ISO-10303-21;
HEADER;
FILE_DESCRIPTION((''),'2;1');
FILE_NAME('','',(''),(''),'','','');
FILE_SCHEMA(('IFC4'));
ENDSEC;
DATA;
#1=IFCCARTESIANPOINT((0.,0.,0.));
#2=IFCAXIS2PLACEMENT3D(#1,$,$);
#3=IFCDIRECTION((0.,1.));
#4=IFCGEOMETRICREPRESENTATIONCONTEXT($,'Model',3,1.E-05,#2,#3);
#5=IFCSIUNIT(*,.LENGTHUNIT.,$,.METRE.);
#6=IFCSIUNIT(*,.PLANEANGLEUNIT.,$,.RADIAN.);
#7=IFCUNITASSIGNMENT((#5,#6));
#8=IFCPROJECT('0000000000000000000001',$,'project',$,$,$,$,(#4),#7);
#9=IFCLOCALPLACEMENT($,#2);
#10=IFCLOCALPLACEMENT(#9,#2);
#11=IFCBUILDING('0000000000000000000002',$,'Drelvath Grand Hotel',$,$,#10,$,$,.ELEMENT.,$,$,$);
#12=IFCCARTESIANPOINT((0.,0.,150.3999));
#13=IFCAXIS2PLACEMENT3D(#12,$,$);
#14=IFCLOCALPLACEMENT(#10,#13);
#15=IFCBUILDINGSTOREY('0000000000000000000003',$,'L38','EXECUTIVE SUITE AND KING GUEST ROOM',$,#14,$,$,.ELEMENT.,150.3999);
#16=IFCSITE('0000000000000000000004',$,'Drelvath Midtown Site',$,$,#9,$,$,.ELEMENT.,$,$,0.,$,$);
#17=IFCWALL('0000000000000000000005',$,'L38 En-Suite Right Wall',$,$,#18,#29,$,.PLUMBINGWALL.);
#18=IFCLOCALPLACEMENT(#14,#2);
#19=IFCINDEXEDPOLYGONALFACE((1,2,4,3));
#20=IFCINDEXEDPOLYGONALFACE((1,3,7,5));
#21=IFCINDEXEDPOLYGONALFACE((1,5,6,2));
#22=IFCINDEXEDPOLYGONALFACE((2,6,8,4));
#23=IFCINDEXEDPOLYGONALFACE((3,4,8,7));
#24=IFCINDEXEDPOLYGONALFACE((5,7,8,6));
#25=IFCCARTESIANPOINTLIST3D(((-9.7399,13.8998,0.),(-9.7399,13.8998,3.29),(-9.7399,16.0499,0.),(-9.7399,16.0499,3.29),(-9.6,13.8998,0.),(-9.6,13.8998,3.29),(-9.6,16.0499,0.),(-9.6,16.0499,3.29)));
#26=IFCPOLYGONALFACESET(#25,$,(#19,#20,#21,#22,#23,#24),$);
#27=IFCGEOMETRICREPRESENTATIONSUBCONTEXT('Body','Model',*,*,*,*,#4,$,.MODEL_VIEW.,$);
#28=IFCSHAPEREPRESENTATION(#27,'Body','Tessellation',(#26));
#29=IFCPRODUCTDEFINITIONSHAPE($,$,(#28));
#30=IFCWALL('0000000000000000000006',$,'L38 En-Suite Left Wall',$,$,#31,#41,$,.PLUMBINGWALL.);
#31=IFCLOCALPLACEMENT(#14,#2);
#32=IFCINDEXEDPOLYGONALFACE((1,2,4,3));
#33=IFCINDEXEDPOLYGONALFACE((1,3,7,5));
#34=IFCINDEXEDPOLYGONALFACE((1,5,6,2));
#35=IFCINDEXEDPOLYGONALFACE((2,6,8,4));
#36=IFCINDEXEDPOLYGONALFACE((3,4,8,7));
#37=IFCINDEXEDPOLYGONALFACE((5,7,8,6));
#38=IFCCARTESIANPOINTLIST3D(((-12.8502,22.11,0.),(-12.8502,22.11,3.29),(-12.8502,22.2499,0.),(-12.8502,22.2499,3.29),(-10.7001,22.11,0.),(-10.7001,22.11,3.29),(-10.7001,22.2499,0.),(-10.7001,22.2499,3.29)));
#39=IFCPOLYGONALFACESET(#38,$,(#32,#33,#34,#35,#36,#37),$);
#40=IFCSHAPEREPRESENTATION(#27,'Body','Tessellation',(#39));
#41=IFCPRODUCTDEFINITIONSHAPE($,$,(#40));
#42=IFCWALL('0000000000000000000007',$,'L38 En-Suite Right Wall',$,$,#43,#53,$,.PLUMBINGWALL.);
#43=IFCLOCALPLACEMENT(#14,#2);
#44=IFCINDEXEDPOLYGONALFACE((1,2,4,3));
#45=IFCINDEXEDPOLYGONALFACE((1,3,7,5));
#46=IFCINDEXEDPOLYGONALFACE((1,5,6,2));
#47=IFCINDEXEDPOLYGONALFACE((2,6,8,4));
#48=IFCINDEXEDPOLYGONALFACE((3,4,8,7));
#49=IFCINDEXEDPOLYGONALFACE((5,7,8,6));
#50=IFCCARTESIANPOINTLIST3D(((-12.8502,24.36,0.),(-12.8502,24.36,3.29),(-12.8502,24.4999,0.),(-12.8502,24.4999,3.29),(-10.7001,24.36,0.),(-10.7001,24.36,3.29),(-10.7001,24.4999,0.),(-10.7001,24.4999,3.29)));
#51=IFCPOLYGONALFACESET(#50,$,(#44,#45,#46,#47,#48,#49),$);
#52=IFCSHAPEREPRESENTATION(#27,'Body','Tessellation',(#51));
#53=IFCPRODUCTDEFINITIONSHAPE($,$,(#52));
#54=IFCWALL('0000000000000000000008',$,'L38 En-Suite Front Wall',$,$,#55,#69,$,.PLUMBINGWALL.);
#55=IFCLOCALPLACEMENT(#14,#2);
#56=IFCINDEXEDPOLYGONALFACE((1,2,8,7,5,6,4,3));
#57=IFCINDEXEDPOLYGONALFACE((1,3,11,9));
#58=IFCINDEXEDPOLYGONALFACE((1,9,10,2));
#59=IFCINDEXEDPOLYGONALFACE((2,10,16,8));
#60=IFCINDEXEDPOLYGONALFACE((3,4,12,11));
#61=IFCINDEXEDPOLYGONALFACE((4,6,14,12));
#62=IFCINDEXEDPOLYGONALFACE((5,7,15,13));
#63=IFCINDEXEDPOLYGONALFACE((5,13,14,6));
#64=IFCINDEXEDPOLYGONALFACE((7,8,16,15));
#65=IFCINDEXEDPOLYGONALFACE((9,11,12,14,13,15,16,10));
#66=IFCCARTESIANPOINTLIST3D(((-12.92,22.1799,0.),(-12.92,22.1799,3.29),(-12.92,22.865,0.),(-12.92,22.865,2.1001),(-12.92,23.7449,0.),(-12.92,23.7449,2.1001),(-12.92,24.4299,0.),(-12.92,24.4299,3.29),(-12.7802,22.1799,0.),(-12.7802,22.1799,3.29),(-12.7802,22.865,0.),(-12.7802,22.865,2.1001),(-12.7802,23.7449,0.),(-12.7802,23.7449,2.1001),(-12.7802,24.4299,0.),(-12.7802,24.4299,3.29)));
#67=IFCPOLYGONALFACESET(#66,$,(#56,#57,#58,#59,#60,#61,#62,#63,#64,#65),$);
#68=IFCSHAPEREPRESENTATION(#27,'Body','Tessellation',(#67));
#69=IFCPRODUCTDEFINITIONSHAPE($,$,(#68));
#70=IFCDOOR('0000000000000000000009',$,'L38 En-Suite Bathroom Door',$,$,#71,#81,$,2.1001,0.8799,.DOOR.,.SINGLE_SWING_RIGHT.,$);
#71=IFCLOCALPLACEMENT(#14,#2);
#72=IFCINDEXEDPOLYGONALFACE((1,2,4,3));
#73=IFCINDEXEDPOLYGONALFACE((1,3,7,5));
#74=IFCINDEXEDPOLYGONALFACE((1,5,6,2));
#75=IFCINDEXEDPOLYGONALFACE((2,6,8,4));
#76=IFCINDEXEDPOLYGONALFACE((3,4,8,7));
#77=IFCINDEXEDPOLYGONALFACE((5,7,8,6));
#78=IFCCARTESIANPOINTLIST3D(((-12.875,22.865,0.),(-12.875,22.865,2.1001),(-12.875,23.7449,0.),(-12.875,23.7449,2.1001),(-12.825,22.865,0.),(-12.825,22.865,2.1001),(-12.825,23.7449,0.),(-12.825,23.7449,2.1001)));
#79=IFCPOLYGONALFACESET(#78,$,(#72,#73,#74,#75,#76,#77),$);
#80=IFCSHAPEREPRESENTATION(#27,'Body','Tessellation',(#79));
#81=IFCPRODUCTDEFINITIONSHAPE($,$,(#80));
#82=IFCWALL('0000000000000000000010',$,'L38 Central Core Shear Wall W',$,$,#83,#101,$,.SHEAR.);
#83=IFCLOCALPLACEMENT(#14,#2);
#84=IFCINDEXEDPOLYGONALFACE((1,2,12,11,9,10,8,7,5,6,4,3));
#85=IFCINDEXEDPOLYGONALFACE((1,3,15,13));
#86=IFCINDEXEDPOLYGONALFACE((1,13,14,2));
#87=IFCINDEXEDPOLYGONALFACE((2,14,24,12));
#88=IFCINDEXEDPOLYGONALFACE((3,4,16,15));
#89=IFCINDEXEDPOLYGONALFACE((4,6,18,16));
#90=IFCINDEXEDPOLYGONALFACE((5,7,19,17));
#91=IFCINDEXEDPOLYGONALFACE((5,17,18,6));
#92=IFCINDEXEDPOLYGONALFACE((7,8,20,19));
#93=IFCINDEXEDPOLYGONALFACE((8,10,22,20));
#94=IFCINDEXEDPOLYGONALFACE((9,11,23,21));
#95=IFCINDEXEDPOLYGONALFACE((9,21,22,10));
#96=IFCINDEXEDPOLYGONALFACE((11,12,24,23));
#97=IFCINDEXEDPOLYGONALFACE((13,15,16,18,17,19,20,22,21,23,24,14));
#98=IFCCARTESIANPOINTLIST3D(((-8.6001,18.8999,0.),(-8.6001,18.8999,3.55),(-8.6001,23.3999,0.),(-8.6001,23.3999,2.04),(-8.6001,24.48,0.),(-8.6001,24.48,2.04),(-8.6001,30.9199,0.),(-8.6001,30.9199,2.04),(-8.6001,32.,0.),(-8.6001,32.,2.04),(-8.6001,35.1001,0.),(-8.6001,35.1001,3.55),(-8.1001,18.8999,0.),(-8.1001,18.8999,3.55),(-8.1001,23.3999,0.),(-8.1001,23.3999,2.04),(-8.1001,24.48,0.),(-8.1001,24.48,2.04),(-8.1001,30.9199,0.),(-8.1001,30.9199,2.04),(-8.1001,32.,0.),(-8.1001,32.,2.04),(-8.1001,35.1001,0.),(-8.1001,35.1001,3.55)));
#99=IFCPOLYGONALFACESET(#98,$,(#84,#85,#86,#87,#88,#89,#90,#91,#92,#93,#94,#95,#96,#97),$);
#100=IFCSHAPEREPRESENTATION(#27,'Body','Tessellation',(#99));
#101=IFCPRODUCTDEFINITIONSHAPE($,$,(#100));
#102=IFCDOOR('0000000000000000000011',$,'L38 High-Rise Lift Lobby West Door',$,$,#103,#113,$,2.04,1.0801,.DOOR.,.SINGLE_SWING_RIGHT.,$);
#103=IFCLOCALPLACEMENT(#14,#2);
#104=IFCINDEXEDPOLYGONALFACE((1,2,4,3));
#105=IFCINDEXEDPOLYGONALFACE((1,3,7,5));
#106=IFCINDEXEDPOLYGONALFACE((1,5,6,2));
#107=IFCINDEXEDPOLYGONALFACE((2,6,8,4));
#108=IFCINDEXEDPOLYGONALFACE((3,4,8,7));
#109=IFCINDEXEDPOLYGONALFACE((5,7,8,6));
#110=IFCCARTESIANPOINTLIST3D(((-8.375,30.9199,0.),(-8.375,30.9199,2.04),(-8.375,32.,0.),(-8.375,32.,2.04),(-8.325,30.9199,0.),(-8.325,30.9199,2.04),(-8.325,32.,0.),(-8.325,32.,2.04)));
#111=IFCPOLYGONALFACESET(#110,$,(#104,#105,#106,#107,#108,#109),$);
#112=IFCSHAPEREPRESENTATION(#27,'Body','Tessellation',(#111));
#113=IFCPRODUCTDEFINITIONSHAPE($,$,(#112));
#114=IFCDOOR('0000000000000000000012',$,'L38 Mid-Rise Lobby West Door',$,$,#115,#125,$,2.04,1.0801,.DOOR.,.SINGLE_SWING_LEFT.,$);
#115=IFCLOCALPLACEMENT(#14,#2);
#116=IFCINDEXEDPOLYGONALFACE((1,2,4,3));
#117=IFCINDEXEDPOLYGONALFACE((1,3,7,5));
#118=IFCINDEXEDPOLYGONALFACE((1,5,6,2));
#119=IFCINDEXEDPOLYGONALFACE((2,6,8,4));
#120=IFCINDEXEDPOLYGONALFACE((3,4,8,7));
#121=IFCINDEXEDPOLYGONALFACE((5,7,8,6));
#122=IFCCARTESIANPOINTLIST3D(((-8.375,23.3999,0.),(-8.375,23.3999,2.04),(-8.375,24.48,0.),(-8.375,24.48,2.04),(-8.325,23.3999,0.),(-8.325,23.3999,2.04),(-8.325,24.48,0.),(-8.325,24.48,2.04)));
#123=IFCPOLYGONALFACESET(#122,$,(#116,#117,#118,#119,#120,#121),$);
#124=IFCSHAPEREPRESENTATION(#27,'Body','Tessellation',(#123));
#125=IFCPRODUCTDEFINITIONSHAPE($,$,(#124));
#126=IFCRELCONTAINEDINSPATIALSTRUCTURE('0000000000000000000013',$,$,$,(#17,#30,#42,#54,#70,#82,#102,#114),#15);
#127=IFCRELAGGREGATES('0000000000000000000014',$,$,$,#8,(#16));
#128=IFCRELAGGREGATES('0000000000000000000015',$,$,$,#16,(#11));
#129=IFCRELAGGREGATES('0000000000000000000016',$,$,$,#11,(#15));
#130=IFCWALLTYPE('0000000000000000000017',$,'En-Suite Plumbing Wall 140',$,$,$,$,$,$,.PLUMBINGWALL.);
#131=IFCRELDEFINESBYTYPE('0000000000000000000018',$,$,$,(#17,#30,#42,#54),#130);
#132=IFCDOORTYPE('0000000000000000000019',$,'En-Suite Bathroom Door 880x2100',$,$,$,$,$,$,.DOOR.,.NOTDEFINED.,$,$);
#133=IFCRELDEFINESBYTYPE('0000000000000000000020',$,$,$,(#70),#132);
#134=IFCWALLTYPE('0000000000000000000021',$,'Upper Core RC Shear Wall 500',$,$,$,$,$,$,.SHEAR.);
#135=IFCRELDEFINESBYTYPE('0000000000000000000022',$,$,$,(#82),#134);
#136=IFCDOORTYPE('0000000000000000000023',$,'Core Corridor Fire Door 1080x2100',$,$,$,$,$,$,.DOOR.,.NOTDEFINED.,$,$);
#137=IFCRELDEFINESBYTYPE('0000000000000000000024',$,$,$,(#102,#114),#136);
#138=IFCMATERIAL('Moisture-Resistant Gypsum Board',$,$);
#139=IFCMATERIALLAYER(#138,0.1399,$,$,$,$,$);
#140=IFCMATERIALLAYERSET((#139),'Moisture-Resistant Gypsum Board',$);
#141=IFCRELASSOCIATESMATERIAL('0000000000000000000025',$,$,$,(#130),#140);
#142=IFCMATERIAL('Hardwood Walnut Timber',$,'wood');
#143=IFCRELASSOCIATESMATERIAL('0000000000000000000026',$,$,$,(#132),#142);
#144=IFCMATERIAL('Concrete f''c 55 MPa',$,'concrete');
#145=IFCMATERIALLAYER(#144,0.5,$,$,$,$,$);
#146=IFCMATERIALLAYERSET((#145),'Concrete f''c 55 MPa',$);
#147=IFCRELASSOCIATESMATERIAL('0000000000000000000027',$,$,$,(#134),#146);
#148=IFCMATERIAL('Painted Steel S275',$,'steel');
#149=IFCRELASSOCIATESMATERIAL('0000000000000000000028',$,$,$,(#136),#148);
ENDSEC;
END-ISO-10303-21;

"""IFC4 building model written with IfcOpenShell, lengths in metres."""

from ifc_helpers import new_model, si_unit, direction, frame, frame_2d, origin, place, context, subcontext, project, spatial, rectangle, extrude, material, layer, layer_set, type_object, element, fill, save


model = new_model("IFC4")

# Units and contexts
model_context = context("Model", 3, precision=1e-05, world=origin(), true_north=direction((0.0, 1.0)))
body_context = subcontext(model_context, "Body", "Model", "MODEL_VIEW")
ifc_project = project(units=[si_unit("LENGTHUNIT", "METRE"), si_unit("PLANEANGLEUNIT", "RADIAN")], contexts=[model_context])

# Site, building, storey
site_placement = place(None, origin())
site = spatial("IfcSite", under=ifc_project, at=site_placement, Name="Drelvath Midtown Site", CompositionType="ELEMENT", RefElevation=0.0)
building_placement = place(site_placement, origin())
building = spatial("IfcBuilding", under=site, at=building_placement, Name="Drelvath Grand Hotel", CompositionType="ELEMENT")
storey_placement = place(building_placement, frame((0.0, 0.0, 150.3999)))
storey = spatial("IfcBuildingStorey", under=building, at=storey_placement, Name="L38", Description="EXECUTIVE SUITE AND KING GUEST ROOM", CompositionType="ELEMENT", Elevation=150.3999)

# Shared definitions
ifc_material_1 = material(Name="Painted Steel S275", Category="steel")

# Shared definitions
ifc_material_2 = material(Name="Hardwood Walnut Timber", Category="wood")

# Walls
ifc_material_3 = material(Name="Moisture-Resistant Gypsum Board")
ifc_layer_1 = layer(ifc_material_3, 0.1399)
ifc_layer_set_1 = layer_set([ifc_layer_1], Name="Moisture-Resistant Gypsum Board")
wall_type_1 = type_object("IfcWallType", Name="En-Suite Plumbing Wall 140", PredefinedType="PLUMBINGWALL", material=ifc_layer_set_1)
for number, where, z_axis, x_axis, name in (
    (1, (-9.6699, 16.05, 0.0), (0.0, 0.0, 1.0), (0.0, -1.0, 0.0), "L38 En-Suite Right Wall"),
    (2, (-10.7, 22.1799, 0.0), (0.0, 0.0, 1.0), (-1.0, 0.0, 0.0), "L38 En-Suite Left Wall"),
    (3, (-10.7, 24.4299, 0.0), (0.0, 0.0, 1.0), (-1.0, 0.0, 0.0), "L38 En-Suite Right Wall"),
):
    element("IfcWall", number, at=place(storey_placement, frame(where, z_axis=z_axis, x_axis=x_axis)), inside=storey, type_object=wall_type_1, Name=name, PredefinedType="PLUMBINGWALL", context=body_context, shape_type="SweptSolid", body=[
        extrude(rectangle(XDim=2.1501, YDim=0.1399, at=frame_2d((1.0752, 0.0))), origin(), (0.0, 0.0, 1.0), 3.29),
    ])

# Wall, opening, door
wall_1_placement = place(storey_placement, frame((-12.8501, 22.1799, 0.0), z_axis=(0.0, 0.0, 1.0), x_axis=(0.0, 1.0, 0.0)))
wall_1 = element("IfcWall", 4, at=wall_1_placement, inside=storey, type_object=wall_type_1, Name="L38 En-Suite Front Wall", PredefinedType="PLUMBINGWALL", context=body_context, shape_type="SweptSolid", body=[
    extrude(rectangle(XDim=2.25, YDim=0.1399, at=frame_2d((1.125, 0.0))), origin(), (0.0, 0.0, 1.0), 3.29),
])
opening_1_placement = place(wall_1_placement, frame((0.6851, 0.0, 0.0)))
opening_1 = element("IfcOpeningElement", 5, at=opening_1_placement, cuts=wall_1, PredefinedType="OPENING", context=body_context, shape_type="SweptSolid", body=[
    extrude(rectangle(XDim=0.8799, YDim=2.1001, at=frame_2d((0.4399, 1.05))), frame((0.0, 0.0798, 0.0), z_axis=(0.0, -1.0, 0.0), x_axis=(1.0, 0.0, 0.0)), (0.0, 0.0, 1.0), 0.1599),
])
door_type_1 = type_object("IfcDoorType", Name="En-Suite Bathroom Door 880x2100", OperationType="NOTDEFINED", PredefinedType="DOOR", material=ifc_material_2)
door_1_placement = place(opening_1_placement, origin())
door_1 = element("IfcDoor", 6, at=door_1_placement, inside=storey, type_object=door_type_1, Name="L38 En-Suite Bathroom Door", OperationType="SINGLE_SWING_RIGHT", OverallHeight=2.1001, OverallWidth=0.8799, PredefinedType="DOOR", context=body_context, shape_type="SweptSolid", body=[
    extrude(rectangle(XDim=0.8799, YDim=2.1001, at=frame_2d((0.4399, 1.05))), frame((0.0, 0.0249, 0.0), z_axis=(0.0, -1.0, 0.0), x_axis=(1.0, 0.0, 0.0)), (0.0, 0.0, 1.0), 0.05),
])
fill(opening_1, door_1)

# Wall, openings, doors
ifc_material_4 = material(Name="Concrete f'c 55 MPa", Category="concrete")
ifc_layer_2 = layer(ifc_material_4, 0.5)
ifc_layer_set_2 = layer_set([ifc_layer_2], Name="Concrete f'c 55 MPa")
wall_type_2 = type_object("IfcWallType", Name="Upper Core RC Shear Wall 500", PredefinedType="SHEAR", material=ifc_layer_set_2)
wall_2_placement = place(storey_placement, frame((-8.3501, 18.8999, 0.0), z_axis=(0.0, 0.0, 1.0), x_axis=(0.0, 1.0, 0.0)))
wall_2 = element("IfcWall", 7, at=wall_2_placement, inside=storey, type_object=wall_type_2, Name="L38 Central Core Shear Wall W", PredefinedType="SHEAR", context=body_context, shape_type="SweptSolid", body=[
    extrude(rectangle(XDim=16.2002, YDim=0.5, at=frame_2d((8.1001, 0.0))), origin(), (0.0, 0.0, 1.0), 3.55),
])
opening_2_placement = place(wall_2_placement, frame((12.02, 0.0, 0.0)))
opening_2 = element("IfcOpeningElement", 8, at=opening_2_placement, cuts=wall_2, PredefinedType="OPENING", context=body_context, shape_type="SweptSolid", body=[
    extrude(rectangle(XDim=1.0801, YDim=2.04, at=frame_2d((0.54, 1.02))), frame((0.0, 0.26, 0.0), z_axis=(0.0, -1.0, 0.0), x_axis=(1.0, 0.0, 0.0)), (0.0, 0.0, 1.0), 0.52),
])
opening_3_placement = place(wall_2_placement, frame((4.5, 0.0, 0.0)))
opening_3 = element("IfcOpeningElement", 9, at=opening_3_placement, cuts=wall_2, PredefinedType="OPENING", context=body_context, shape_type="SweptSolid", body=[
    extrude(rectangle(XDim=1.0801, YDim=2.04, at=frame_2d((0.54, 1.02))), frame((0.0, 0.26, 0.0), z_axis=(0.0, -1.0, 0.0), x_axis=(1.0, 0.0, 0.0)), (0.0, 0.0, 1.0), 0.52),
])
door_type_2 = type_object("IfcDoorType", Name="Core Corridor Fire Door 1080x2100", OperationType="NOTDEFINED", PredefinedType="DOOR", material=ifc_material_1)
door_2_placement = place(opening_2_placement, origin())
door_2 = element("IfcDoor", 10, at=door_2_placement, inside=storey, type_object=door_type_2, Name="L38 High-Rise Lift Lobby West Door", OperationType="SINGLE_SWING_RIGHT", OverallHeight=2.04, OverallWidth=1.0801, PredefinedType="DOOR", context=body_context, shape_type="SweptSolid", body=[
    extrude(rectangle(XDim=1.0801, YDim=2.04, at=frame_2d((0.54, 1.02))), frame((0.0, 0.0249, 0.0), z_axis=(0.0, -1.0, 0.0), x_axis=(1.0, 0.0, 0.0)), (0.0, 0.0, 1.0), 0.05),
])
fill(opening_2, door_2)
door_3_placement = place(opening_3_placement, origin())
door_3 = element("IfcDoor", 11, at=door_3_placement, inside=storey, type_object=door_type_2, Name="L38 Mid-Rise Lobby West Door", OperationType="SINGLE_SWING_LEFT", OverallHeight=2.04, OverallWidth=1.0801, PredefinedType="DOOR", context=body_context, shape_type="SweptSolid", body=[
    extrude(rectangle(XDim=1.0801, YDim=2.04, at=frame_2d((0.54, 1.02))), frame((0.0, 0.0249, 0.0), z_axis=(0.0, -1.0, 0.0), x_axis=(1.0, 0.0, 0.0)), (0.0, 0.0, 1.0), 0.05),
])
fill(opening_3, door_3)

save(model, "model.ifc")
